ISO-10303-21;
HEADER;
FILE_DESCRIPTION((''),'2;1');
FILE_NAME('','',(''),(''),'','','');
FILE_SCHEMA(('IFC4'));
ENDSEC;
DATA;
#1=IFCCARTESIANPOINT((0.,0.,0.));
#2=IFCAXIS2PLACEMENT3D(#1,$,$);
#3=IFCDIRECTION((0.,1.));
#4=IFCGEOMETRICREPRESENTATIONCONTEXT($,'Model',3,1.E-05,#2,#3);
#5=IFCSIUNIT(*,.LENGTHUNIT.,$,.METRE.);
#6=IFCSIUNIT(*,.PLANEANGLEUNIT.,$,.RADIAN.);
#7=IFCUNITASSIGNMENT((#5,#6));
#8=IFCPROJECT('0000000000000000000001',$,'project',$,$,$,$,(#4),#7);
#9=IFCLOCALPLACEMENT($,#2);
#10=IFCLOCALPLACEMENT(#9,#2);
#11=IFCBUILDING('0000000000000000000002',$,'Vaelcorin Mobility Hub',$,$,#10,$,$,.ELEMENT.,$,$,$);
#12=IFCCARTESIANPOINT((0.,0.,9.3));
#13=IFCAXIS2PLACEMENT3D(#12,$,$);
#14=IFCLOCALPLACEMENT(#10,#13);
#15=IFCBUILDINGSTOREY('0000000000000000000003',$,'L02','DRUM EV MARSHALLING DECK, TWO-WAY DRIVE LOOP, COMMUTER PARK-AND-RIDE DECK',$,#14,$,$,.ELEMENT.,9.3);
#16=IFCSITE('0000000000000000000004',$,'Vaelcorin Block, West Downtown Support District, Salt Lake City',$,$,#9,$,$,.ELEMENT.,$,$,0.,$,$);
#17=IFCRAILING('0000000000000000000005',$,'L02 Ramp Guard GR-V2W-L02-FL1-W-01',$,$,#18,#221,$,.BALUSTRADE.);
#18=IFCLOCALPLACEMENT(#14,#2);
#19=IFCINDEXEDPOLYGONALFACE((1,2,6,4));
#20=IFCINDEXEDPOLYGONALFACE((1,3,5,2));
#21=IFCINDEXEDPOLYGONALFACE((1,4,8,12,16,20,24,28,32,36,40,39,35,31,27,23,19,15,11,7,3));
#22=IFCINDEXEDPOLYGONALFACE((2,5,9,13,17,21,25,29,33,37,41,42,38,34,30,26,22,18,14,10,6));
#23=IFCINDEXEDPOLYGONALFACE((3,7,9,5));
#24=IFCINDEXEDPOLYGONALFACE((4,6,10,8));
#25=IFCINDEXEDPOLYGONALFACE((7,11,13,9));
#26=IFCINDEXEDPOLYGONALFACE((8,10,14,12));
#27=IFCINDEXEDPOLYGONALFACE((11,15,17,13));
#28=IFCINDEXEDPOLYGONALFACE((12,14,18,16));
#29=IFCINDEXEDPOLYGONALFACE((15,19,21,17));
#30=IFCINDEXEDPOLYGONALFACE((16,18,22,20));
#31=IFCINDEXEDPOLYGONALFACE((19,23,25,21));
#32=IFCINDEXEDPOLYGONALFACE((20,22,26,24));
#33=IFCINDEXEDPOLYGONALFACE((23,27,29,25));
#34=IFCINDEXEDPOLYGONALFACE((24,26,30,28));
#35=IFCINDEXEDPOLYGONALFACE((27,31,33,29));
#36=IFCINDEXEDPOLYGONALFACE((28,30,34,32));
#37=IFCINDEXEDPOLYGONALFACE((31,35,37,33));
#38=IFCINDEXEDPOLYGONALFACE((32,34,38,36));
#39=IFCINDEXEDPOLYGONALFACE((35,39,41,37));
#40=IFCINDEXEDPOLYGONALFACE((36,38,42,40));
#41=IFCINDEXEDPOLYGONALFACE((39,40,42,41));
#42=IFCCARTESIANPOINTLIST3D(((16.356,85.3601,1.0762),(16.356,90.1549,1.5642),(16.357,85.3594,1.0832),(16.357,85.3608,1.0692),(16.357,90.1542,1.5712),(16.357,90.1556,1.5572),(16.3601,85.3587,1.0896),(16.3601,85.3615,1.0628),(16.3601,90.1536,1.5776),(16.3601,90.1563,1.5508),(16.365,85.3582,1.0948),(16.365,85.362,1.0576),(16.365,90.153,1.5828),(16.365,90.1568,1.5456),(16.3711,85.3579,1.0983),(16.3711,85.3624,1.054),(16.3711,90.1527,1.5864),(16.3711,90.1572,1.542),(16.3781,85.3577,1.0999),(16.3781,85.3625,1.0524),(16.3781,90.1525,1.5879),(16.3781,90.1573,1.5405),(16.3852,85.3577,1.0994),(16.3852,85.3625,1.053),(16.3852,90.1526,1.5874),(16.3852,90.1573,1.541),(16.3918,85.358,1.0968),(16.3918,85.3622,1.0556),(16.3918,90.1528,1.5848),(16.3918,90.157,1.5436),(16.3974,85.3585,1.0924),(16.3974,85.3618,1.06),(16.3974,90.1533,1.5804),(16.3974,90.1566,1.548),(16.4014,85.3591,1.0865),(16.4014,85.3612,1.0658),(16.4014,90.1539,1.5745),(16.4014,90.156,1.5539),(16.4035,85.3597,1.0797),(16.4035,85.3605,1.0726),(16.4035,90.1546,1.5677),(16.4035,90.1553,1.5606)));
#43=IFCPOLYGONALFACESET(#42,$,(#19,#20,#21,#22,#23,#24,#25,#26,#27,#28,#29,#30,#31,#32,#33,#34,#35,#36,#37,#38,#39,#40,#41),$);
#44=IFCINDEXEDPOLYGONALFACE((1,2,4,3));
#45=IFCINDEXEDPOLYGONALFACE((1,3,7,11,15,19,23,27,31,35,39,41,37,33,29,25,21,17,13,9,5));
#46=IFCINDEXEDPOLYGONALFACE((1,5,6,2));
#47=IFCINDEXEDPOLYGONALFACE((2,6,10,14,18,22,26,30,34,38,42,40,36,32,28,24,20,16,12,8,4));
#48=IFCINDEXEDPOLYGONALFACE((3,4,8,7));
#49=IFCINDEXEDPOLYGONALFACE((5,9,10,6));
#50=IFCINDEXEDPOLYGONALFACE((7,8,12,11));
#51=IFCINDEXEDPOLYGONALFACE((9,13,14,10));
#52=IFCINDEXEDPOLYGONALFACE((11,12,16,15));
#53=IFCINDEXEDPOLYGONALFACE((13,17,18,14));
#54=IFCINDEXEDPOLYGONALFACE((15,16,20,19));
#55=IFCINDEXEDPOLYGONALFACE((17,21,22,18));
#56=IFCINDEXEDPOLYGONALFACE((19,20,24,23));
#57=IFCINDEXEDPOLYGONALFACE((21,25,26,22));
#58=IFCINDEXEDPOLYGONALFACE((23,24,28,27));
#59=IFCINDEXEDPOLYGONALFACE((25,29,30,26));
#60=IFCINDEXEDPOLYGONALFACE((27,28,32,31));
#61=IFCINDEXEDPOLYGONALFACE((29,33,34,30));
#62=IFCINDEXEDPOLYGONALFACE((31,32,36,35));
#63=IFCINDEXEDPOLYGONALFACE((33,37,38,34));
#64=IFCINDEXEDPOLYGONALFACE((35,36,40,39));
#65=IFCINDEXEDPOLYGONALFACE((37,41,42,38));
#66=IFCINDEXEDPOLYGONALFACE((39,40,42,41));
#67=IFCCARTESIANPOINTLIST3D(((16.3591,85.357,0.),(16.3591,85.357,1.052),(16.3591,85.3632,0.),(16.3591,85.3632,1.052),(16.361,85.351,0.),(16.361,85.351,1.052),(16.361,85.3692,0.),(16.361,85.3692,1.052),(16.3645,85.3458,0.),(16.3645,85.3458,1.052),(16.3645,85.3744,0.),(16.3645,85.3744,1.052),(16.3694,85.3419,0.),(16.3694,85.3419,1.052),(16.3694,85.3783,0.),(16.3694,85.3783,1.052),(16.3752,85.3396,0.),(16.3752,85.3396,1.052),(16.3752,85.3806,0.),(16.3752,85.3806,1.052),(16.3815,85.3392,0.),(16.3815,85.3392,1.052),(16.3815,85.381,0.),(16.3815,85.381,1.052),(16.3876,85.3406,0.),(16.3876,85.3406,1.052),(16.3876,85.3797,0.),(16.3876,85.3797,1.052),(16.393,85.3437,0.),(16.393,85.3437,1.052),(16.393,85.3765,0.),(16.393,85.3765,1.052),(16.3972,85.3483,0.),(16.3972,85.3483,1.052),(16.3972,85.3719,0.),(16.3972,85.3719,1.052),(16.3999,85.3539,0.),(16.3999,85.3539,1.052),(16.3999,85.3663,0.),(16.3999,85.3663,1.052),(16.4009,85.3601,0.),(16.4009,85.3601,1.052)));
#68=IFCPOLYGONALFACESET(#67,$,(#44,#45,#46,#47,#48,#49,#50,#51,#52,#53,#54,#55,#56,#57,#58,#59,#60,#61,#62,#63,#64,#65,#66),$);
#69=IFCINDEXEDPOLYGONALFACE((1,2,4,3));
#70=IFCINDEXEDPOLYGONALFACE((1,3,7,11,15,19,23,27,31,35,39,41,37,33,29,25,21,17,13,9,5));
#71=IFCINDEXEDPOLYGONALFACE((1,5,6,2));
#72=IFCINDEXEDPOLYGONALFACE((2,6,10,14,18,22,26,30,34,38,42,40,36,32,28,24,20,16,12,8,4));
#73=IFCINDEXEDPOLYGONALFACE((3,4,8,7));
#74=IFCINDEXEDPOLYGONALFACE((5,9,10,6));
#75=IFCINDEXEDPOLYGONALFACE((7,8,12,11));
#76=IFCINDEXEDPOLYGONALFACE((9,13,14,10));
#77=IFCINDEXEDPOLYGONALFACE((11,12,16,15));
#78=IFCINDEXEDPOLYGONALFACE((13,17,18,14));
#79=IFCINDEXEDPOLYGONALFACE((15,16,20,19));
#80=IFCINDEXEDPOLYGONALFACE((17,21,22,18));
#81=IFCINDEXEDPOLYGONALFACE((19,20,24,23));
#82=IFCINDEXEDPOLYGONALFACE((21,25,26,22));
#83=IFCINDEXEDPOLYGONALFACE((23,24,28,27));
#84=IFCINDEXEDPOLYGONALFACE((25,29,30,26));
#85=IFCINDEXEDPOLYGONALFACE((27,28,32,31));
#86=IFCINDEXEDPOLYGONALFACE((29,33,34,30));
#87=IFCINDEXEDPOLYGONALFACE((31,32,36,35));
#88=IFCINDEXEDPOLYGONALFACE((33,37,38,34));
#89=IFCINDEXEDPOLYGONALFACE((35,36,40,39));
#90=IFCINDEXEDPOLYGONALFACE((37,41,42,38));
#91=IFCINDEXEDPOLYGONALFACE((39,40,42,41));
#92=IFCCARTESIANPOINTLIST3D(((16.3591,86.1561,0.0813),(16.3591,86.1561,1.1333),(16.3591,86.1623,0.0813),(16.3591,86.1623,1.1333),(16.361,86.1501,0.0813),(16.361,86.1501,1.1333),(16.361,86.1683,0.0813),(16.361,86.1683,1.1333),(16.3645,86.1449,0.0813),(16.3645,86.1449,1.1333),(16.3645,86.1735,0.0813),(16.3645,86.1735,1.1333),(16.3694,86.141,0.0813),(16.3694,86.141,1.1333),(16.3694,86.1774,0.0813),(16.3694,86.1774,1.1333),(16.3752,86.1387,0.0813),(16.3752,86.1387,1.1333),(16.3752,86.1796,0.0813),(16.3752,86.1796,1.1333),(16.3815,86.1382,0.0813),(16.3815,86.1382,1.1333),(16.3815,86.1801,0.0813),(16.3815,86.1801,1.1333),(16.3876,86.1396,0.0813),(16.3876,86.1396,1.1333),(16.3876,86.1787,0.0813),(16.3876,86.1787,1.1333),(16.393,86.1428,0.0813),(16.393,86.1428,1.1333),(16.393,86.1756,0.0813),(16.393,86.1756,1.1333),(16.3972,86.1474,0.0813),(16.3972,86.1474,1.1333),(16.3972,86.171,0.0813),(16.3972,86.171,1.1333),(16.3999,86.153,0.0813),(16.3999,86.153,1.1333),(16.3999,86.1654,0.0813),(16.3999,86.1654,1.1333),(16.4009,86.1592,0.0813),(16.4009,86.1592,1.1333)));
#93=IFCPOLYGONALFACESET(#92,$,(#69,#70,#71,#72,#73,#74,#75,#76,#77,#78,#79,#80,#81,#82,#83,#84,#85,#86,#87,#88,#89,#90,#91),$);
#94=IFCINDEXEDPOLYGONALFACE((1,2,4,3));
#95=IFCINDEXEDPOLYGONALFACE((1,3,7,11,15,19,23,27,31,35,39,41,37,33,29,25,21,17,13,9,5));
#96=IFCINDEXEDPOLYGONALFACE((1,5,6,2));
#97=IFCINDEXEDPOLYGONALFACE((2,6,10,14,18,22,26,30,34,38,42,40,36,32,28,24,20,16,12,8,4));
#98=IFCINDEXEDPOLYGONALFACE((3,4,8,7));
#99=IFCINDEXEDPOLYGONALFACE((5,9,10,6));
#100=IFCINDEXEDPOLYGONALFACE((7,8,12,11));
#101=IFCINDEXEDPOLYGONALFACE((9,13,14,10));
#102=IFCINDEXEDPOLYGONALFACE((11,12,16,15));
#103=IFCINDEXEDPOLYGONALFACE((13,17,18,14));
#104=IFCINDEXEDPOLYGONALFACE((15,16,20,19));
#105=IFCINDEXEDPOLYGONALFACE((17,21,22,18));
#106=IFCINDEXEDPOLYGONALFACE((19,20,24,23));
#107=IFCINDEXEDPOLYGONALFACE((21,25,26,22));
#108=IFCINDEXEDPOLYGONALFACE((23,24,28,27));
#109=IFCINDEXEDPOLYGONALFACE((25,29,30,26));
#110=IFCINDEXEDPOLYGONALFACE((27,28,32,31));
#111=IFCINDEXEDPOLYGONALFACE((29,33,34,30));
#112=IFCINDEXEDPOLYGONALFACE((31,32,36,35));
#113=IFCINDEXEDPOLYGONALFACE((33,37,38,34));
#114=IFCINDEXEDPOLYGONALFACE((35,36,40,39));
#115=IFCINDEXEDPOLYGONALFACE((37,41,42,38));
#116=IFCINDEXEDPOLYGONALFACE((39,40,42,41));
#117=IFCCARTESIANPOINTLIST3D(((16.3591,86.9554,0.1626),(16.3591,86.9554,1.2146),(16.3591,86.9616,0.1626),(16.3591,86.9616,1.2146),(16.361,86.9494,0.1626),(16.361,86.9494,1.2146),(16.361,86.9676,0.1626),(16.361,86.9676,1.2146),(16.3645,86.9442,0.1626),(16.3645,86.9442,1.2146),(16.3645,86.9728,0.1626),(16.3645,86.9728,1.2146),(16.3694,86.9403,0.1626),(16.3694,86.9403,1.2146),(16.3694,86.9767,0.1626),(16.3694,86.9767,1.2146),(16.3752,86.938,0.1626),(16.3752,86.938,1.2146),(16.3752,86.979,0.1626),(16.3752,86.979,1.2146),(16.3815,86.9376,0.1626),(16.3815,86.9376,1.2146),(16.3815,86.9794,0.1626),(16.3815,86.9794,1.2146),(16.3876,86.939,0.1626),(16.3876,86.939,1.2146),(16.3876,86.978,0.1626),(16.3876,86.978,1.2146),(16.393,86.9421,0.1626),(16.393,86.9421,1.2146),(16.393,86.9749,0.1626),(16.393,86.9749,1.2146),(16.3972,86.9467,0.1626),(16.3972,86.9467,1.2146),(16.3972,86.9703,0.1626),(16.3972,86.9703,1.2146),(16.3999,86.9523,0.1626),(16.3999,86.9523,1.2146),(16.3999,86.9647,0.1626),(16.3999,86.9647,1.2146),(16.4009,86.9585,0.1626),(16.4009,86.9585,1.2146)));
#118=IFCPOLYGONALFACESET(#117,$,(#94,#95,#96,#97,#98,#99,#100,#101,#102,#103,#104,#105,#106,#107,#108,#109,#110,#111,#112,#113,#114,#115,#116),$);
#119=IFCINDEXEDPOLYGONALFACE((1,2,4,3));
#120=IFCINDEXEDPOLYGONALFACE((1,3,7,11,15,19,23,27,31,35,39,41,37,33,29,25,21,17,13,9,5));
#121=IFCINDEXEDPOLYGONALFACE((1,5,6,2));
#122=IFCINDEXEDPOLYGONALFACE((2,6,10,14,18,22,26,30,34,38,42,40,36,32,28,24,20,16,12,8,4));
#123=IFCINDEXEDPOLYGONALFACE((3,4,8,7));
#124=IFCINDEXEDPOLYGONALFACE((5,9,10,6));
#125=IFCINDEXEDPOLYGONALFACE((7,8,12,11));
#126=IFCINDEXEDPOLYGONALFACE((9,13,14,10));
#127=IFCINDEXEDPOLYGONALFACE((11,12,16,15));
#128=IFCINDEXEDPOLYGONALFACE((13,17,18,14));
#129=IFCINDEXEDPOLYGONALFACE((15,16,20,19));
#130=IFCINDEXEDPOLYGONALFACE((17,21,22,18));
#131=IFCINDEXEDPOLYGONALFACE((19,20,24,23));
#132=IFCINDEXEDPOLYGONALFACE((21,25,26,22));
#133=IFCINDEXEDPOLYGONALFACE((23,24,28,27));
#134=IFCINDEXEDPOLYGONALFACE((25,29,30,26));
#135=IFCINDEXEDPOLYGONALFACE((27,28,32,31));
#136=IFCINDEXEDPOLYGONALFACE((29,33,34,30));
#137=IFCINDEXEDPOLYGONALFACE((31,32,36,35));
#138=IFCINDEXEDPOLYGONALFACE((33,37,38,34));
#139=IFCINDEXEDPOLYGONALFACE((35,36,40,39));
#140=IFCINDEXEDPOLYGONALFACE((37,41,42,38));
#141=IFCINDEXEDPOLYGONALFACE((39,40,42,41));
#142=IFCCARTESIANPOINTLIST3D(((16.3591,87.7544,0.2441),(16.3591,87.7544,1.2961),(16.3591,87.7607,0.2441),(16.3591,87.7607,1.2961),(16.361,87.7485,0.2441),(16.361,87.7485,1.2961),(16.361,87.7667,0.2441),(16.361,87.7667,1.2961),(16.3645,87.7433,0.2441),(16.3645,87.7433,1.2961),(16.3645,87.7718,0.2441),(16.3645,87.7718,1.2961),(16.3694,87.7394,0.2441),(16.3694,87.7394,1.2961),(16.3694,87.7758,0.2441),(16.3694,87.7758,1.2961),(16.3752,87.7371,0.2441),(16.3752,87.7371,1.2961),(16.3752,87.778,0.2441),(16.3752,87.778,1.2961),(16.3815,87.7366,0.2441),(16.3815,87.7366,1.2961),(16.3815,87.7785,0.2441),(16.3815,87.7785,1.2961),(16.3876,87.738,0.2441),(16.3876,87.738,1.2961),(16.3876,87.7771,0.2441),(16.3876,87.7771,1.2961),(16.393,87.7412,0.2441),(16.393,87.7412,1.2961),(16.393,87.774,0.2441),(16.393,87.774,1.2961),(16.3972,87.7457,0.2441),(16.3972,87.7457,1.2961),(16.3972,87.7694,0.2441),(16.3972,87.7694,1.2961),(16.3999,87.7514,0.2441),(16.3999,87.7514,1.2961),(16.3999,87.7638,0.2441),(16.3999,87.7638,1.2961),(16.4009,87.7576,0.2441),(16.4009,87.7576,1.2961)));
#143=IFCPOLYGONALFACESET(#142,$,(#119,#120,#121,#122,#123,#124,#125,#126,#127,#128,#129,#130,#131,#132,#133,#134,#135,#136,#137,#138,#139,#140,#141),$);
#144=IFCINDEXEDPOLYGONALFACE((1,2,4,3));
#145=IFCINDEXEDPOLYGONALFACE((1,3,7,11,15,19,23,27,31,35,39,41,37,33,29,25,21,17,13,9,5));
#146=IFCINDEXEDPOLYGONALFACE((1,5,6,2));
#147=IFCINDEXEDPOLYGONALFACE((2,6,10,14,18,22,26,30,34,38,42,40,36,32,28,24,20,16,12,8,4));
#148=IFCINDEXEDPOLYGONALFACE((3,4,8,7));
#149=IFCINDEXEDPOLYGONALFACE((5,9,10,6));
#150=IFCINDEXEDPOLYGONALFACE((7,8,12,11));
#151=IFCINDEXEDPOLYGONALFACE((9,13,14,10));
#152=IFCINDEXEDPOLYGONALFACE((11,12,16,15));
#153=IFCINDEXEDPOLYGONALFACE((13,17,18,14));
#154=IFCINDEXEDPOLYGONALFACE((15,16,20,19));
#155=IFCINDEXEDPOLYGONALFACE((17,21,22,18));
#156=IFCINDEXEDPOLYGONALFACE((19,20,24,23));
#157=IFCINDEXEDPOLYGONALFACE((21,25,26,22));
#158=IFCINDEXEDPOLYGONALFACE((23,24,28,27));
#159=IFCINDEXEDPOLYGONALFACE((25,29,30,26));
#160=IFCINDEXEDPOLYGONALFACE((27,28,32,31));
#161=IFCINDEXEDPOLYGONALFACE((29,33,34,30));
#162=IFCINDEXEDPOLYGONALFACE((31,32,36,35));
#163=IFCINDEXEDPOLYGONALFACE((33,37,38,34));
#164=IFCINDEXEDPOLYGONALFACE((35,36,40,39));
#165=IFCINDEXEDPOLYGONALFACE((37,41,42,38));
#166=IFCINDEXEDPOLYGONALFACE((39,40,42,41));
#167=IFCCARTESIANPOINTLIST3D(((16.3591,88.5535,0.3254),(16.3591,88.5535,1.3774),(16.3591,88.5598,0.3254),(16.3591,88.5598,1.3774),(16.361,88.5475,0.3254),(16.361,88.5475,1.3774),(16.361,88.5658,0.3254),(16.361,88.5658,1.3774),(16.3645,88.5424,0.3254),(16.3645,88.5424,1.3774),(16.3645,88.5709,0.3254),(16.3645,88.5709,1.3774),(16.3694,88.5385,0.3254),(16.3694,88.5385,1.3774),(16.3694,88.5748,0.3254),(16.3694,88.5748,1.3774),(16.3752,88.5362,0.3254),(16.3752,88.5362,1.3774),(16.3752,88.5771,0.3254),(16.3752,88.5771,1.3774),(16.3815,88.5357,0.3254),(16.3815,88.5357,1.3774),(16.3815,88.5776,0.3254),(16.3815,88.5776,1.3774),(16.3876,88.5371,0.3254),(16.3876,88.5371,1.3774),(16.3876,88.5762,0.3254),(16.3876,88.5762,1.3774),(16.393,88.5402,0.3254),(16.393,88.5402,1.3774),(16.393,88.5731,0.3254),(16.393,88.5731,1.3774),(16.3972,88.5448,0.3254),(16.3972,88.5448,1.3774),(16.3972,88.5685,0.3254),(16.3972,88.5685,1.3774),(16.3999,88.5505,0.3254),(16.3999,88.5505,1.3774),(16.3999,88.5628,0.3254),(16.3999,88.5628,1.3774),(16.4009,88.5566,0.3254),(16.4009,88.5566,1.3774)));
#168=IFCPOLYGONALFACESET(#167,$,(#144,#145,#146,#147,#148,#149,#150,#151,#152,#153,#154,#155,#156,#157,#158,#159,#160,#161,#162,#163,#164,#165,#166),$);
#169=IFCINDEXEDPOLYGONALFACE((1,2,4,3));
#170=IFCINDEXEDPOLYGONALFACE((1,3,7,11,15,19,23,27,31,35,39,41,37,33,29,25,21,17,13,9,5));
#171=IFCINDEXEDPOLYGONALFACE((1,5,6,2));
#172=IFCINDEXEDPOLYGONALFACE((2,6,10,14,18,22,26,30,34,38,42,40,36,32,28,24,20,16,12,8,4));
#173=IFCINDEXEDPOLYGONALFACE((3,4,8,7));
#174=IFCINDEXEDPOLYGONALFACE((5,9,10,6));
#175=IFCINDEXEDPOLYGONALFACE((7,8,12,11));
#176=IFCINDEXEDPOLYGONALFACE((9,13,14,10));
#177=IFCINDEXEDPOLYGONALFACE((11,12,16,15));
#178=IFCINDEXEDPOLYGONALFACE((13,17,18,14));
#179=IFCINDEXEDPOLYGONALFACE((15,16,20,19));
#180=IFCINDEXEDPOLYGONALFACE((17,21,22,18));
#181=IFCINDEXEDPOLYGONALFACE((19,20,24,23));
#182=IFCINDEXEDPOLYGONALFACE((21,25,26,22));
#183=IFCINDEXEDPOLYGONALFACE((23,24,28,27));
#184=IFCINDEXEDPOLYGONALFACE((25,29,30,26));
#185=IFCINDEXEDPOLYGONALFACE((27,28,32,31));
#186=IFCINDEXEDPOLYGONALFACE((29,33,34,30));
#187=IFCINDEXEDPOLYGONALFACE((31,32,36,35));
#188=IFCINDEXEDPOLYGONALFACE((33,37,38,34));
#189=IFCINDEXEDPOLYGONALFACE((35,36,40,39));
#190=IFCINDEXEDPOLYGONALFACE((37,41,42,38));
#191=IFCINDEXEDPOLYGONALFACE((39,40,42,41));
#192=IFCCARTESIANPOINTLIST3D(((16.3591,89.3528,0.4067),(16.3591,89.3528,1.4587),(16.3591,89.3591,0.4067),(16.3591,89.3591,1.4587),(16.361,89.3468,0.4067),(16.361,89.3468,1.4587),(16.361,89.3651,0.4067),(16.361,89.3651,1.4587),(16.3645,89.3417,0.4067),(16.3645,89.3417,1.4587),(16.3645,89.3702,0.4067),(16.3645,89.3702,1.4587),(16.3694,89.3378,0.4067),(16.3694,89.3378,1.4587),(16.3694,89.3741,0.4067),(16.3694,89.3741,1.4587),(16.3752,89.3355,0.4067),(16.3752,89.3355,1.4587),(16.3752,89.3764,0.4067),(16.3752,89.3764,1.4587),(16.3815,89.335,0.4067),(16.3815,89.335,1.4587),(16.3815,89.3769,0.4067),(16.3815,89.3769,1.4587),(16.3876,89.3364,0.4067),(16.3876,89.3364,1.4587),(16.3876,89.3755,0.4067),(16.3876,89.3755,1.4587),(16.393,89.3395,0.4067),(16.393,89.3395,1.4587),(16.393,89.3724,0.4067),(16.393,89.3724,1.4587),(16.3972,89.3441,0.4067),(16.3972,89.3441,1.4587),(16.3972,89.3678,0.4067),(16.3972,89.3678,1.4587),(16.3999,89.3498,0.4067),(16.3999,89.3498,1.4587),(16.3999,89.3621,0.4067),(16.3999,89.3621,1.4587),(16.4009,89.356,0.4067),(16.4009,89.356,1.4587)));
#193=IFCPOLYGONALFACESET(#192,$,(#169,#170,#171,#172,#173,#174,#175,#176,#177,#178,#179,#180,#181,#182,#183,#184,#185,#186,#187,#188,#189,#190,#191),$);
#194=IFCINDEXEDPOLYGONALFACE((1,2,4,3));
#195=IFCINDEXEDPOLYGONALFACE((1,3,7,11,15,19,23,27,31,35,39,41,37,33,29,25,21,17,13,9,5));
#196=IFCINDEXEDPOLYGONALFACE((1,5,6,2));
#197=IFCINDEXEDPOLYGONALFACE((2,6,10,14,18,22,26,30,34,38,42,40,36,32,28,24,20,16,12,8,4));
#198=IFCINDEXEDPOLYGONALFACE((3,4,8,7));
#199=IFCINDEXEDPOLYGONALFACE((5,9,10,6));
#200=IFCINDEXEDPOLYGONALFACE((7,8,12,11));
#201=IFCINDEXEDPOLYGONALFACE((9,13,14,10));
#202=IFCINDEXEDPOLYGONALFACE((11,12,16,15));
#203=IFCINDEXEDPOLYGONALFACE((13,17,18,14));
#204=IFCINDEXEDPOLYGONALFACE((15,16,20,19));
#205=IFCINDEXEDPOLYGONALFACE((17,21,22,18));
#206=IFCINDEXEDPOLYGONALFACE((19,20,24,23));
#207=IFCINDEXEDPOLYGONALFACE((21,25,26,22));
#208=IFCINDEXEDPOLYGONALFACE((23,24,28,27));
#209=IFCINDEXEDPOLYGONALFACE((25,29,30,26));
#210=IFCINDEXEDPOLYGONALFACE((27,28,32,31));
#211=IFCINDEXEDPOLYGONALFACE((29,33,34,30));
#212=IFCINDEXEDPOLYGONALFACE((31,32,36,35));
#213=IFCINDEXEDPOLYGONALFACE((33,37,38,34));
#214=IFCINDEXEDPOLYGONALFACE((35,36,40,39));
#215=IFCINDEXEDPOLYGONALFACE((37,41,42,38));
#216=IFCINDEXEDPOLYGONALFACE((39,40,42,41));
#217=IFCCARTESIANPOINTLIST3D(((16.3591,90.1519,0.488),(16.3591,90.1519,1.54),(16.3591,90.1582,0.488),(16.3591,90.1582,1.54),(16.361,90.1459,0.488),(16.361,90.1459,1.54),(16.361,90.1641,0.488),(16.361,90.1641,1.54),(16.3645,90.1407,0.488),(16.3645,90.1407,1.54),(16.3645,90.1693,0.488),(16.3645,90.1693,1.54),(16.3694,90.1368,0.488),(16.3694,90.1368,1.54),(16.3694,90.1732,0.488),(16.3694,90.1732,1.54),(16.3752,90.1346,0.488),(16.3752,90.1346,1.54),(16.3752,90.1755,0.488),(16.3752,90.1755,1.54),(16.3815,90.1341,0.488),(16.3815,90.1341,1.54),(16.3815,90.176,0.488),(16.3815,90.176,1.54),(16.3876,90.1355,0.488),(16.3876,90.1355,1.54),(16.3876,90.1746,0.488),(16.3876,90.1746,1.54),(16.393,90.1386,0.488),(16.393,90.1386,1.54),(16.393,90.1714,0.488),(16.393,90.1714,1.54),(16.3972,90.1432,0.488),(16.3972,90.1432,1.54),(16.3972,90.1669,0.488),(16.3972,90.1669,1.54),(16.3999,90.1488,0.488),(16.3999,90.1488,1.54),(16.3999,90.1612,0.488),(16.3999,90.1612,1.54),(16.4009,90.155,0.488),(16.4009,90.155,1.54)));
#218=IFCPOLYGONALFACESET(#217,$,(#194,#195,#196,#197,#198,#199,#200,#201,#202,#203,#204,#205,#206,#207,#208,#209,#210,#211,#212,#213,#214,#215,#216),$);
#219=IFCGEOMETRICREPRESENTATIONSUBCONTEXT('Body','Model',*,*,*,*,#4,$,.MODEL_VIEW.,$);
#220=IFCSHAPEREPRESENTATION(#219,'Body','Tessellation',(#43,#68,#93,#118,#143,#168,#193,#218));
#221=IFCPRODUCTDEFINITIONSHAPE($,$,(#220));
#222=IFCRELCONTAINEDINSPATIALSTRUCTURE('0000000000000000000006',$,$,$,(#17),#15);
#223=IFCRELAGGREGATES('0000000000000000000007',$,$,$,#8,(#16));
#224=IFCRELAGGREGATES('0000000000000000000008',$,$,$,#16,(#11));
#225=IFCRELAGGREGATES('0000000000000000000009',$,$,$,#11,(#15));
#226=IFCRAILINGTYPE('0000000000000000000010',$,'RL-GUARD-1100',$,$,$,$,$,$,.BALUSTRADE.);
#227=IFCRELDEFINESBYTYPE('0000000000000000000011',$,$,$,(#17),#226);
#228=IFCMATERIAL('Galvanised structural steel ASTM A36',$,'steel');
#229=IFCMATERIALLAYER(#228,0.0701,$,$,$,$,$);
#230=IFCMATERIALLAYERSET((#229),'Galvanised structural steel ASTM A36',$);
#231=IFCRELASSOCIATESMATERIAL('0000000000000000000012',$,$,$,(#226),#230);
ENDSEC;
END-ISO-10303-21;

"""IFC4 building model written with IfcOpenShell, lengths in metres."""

from ifc_helpers import new_model, si_unit, direction, frame, origin, origin_2d, place, context, subcontext, project, spatial, circle, extrude, material, layer, layer_set, type_object, element, save


model = new_model("IFC4")

# Units and contexts
model_context = context("Model", 3, precision=1e-05, world=origin(), true_north=direction((0.0, 1.0)))
body_context = subcontext(model_context, "Body", "Model", "MODEL_VIEW")
ifc_project = project(units=[si_unit("LENGTHUNIT", "METRE"), si_unit("PLANEANGLEUNIT", "RADIAN")], contexts=[model_context])

# Site, building, storey
site_placement = place(None, origin())
site = spatial("IfcSite", under=ifc_project, at=site_placement, Name="Vaelcorin Block, West Downtown Support District, Salt Lake City", CompositionType="ELEMENT", RefElevation=0.0)
building_placement = place(site_placement, origin())
building = spatial("IfcBuilding", under=site, at=building_placement, Name="Vaelcorin Mobility Hub", CompositionType="ELEMENT")
storey_placement = place(building_placement, frame((0.0, 0.0, 9.3)))
storey = spatial("IfcBuildingStorey", under=building, at=storey_placement, Name="L02", Description="DRUM EV MARSHALLING DECK, TWO-WAY DRIVE LOOP, COMMUTER PARK-AND-RIDE DECK", CompositionType="ELEMENT", Elevation=9.3)

# Railing
ifc_material_1 = material(Name="Galvanised structural steel ASTM A36", Category="steel")
ifc_layer_1 = layer(ifc_material_1, 0.0701)
ifc_layer_set_1 = layer_set([ifc_layer_1], Name="Galvanised structural steel ASTM A36")
railing_type = type_object("IfcRailingType", Name="RL-GUARD-1100", PredefinedType="BALUSTRADE", material=ifc_layer_set_1)
railing_1_placement = place(storey_placement, frame((16.3799, 85.3601, 0.0)))
element("IfcRailing", 1, at=railing_1_placement, inside=storey, type_object=railing_type, Name="L02 Ramp Guard GR-V2W-L02-FL1-W-01", PredefinedType="BALUSTRADE", context=body_context, shape_type="SweptSolid", body=[
    extrude(circle(Radius=0.0239, at=origin_2d()), frame((0.0, 0.0, 1.0762), z_axis=(0.0, 0.99486, 0.101259), x_axis=(-1.0, 0.0, 0.0)), (0.0, 0.0, 1.0), 4.8196),
    extrude(circle(Radius=0.021, at=origin_2d()), origin(), (0.0, 0.0, 1.0), 1.052),
    extrude(circle(Radius=0.021, at=origin_2d()), frame((0.0, 0.7991, 0.0813)), (0.0, 0.0, 1.0), 1.052),
    extrude(circle(Radius=0.021, at=origin_2d()), frame((0.0, 1.5984, 0.1626)), (0.0, 0.0, 1.0), 1.052),
    extrude(circle(Radius=0.021, at=origin_2d()), frame((0.0, 2.3975, 0.2441)), (0.0, 0.0, 1.0), 1.052),
    extrude(circle(Radius=0.021, at=origin_2d()), frame((0.0, 3.1965, 0.3254)), (0.0, 0.0, 1.0), 1.052),
    extrude(circle(Radius=0.021, at=origin_2d()), frame((0.0, 3.9958, 0.4067)), (0.0, 0.0, 1.0), 1.052),
    extrude(circle(Radius=0.021, at=origin_2d()), frame((0.0, 4.7949, 0.488)), (0.0, 0.0, 1.0), 1.052),
])

save(model, "model.ifc")
